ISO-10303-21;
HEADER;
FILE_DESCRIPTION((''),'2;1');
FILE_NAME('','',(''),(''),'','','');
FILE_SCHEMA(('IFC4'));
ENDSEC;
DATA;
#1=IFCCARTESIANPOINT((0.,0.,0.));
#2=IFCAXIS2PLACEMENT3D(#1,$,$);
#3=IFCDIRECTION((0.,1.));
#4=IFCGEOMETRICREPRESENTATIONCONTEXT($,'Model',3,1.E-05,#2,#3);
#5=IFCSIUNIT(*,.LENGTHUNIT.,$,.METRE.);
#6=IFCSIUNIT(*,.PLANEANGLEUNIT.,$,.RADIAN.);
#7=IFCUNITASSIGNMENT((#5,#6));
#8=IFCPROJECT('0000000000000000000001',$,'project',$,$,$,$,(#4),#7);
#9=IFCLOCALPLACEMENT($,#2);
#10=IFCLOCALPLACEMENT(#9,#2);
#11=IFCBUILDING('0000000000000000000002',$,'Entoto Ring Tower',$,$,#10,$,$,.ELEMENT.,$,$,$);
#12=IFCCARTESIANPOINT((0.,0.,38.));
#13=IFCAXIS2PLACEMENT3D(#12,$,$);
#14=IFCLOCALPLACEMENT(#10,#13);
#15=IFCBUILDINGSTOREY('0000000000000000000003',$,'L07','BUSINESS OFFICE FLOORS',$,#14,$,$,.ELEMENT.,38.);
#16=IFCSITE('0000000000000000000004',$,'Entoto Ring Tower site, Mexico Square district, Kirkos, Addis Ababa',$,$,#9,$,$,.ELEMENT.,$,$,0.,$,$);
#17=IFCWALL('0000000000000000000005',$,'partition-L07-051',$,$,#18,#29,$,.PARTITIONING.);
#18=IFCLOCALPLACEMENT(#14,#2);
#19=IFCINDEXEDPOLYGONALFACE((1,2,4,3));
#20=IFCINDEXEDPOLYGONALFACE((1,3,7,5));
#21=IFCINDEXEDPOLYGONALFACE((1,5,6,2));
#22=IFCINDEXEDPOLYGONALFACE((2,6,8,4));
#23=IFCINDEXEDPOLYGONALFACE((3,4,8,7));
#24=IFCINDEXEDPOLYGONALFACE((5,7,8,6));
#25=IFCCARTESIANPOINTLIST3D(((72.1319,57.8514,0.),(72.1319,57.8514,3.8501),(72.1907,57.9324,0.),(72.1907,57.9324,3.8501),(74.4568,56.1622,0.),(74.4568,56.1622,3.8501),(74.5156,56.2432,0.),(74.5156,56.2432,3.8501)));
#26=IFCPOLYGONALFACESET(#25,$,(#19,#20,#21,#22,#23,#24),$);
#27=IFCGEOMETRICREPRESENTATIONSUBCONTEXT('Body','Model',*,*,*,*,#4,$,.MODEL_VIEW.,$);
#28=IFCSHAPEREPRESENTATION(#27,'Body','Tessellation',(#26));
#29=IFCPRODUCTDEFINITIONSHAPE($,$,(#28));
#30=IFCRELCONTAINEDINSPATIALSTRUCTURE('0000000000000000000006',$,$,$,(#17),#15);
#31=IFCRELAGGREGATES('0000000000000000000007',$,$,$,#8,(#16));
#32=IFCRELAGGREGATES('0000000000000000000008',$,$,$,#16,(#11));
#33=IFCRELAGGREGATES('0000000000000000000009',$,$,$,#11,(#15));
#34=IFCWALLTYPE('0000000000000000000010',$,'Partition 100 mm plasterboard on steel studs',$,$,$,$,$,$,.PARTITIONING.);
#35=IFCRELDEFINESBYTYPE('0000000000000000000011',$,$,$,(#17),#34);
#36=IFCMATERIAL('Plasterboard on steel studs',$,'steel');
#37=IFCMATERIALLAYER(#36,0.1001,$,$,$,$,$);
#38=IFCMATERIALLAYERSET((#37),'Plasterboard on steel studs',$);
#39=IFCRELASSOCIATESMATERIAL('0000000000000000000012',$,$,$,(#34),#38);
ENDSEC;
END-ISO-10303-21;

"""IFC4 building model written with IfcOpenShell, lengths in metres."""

from ifc_helpers import new_model, si_unit, direction, frame, frame_2d, origin, place, context, subcontext, project, spatial, rectangle, extrude, material, layer, layer_set, type_object, element, save


model = new_model("IFC4")

# Units and contexts
model_context = context("Model", 3, precision=1e-05, world=origin(), true_north=direction((0.0, 1.0)))
body_context = subcontext(model_context, "Body", "Model", "MODEL_VIEW")
ifc_project = project(units=[si_unit("LENGTHUNIT", "METRE"), si_unit("PLANEANGLEUNIT", "RADIAN")], contexts=[model_context])

# Site, building, storey
site_placement = place(None, origin())
site = spatial("IfcSite", under=ifc_project, at=site_placement, Name="Entoto Ring Tower site, Mexico Square district, Kirkos, Addis Ababa", CompositionType="ELEMENT", RefElevation=0.0)
building_placement = place(site_placement, origin())
building = spatial("IfcBuilding", under=site, at=building_placement, Name="Entoto Ring Tower", CompositionType="ELEMENT")
storey_placement = place(building_placement, frame((0.0, 0.0, 38.0)))
storey = spatial("IfcBuildingStorey", under=building, at=storey_placement, Name="L07", Description="BUSINESS OFFICE FLOORS", CompositionType="ELEMENT", Elevation=38.0)

# Shared definitions
ifc_material_1 = material(Name="Plasterboard on steel studs", Category="steel")
ifc_layer = layer(ifc_material_1, 0.1001)
ifc_layer_set = layer_set([ifc_layer], Name="Plasterboard on steel studs")
wall_type = type_object("IfcWallType", Name="Partition 100 mm plasterboard on steel studs", PredefinedType="PARTITIONING", material=ifc_layer_set)

# Wall
wall_1_placement = place(storey_placement, frame((74.4863, 56.2026, 0.0), z_axis=(0.0, 0.0, 1.0), x_axis=(-0.809012, 0.587793, 0.0)))
element("IfcWall", 1, at=wall_1_placement, inside=storey, type_object=wall_type, Name="partition-L07-051", PredefinedType="PARTITIONING", context=body_context, shape_type="SweptSolid", body=[
    extrude(rectangle(XDim=2.8738, YDim=0.1001, at=frame_2d((1.437, 0.0))), origin(), (0.0, 0.0, 1.0), 3.8501),
])

save(model, "model.ifc")
